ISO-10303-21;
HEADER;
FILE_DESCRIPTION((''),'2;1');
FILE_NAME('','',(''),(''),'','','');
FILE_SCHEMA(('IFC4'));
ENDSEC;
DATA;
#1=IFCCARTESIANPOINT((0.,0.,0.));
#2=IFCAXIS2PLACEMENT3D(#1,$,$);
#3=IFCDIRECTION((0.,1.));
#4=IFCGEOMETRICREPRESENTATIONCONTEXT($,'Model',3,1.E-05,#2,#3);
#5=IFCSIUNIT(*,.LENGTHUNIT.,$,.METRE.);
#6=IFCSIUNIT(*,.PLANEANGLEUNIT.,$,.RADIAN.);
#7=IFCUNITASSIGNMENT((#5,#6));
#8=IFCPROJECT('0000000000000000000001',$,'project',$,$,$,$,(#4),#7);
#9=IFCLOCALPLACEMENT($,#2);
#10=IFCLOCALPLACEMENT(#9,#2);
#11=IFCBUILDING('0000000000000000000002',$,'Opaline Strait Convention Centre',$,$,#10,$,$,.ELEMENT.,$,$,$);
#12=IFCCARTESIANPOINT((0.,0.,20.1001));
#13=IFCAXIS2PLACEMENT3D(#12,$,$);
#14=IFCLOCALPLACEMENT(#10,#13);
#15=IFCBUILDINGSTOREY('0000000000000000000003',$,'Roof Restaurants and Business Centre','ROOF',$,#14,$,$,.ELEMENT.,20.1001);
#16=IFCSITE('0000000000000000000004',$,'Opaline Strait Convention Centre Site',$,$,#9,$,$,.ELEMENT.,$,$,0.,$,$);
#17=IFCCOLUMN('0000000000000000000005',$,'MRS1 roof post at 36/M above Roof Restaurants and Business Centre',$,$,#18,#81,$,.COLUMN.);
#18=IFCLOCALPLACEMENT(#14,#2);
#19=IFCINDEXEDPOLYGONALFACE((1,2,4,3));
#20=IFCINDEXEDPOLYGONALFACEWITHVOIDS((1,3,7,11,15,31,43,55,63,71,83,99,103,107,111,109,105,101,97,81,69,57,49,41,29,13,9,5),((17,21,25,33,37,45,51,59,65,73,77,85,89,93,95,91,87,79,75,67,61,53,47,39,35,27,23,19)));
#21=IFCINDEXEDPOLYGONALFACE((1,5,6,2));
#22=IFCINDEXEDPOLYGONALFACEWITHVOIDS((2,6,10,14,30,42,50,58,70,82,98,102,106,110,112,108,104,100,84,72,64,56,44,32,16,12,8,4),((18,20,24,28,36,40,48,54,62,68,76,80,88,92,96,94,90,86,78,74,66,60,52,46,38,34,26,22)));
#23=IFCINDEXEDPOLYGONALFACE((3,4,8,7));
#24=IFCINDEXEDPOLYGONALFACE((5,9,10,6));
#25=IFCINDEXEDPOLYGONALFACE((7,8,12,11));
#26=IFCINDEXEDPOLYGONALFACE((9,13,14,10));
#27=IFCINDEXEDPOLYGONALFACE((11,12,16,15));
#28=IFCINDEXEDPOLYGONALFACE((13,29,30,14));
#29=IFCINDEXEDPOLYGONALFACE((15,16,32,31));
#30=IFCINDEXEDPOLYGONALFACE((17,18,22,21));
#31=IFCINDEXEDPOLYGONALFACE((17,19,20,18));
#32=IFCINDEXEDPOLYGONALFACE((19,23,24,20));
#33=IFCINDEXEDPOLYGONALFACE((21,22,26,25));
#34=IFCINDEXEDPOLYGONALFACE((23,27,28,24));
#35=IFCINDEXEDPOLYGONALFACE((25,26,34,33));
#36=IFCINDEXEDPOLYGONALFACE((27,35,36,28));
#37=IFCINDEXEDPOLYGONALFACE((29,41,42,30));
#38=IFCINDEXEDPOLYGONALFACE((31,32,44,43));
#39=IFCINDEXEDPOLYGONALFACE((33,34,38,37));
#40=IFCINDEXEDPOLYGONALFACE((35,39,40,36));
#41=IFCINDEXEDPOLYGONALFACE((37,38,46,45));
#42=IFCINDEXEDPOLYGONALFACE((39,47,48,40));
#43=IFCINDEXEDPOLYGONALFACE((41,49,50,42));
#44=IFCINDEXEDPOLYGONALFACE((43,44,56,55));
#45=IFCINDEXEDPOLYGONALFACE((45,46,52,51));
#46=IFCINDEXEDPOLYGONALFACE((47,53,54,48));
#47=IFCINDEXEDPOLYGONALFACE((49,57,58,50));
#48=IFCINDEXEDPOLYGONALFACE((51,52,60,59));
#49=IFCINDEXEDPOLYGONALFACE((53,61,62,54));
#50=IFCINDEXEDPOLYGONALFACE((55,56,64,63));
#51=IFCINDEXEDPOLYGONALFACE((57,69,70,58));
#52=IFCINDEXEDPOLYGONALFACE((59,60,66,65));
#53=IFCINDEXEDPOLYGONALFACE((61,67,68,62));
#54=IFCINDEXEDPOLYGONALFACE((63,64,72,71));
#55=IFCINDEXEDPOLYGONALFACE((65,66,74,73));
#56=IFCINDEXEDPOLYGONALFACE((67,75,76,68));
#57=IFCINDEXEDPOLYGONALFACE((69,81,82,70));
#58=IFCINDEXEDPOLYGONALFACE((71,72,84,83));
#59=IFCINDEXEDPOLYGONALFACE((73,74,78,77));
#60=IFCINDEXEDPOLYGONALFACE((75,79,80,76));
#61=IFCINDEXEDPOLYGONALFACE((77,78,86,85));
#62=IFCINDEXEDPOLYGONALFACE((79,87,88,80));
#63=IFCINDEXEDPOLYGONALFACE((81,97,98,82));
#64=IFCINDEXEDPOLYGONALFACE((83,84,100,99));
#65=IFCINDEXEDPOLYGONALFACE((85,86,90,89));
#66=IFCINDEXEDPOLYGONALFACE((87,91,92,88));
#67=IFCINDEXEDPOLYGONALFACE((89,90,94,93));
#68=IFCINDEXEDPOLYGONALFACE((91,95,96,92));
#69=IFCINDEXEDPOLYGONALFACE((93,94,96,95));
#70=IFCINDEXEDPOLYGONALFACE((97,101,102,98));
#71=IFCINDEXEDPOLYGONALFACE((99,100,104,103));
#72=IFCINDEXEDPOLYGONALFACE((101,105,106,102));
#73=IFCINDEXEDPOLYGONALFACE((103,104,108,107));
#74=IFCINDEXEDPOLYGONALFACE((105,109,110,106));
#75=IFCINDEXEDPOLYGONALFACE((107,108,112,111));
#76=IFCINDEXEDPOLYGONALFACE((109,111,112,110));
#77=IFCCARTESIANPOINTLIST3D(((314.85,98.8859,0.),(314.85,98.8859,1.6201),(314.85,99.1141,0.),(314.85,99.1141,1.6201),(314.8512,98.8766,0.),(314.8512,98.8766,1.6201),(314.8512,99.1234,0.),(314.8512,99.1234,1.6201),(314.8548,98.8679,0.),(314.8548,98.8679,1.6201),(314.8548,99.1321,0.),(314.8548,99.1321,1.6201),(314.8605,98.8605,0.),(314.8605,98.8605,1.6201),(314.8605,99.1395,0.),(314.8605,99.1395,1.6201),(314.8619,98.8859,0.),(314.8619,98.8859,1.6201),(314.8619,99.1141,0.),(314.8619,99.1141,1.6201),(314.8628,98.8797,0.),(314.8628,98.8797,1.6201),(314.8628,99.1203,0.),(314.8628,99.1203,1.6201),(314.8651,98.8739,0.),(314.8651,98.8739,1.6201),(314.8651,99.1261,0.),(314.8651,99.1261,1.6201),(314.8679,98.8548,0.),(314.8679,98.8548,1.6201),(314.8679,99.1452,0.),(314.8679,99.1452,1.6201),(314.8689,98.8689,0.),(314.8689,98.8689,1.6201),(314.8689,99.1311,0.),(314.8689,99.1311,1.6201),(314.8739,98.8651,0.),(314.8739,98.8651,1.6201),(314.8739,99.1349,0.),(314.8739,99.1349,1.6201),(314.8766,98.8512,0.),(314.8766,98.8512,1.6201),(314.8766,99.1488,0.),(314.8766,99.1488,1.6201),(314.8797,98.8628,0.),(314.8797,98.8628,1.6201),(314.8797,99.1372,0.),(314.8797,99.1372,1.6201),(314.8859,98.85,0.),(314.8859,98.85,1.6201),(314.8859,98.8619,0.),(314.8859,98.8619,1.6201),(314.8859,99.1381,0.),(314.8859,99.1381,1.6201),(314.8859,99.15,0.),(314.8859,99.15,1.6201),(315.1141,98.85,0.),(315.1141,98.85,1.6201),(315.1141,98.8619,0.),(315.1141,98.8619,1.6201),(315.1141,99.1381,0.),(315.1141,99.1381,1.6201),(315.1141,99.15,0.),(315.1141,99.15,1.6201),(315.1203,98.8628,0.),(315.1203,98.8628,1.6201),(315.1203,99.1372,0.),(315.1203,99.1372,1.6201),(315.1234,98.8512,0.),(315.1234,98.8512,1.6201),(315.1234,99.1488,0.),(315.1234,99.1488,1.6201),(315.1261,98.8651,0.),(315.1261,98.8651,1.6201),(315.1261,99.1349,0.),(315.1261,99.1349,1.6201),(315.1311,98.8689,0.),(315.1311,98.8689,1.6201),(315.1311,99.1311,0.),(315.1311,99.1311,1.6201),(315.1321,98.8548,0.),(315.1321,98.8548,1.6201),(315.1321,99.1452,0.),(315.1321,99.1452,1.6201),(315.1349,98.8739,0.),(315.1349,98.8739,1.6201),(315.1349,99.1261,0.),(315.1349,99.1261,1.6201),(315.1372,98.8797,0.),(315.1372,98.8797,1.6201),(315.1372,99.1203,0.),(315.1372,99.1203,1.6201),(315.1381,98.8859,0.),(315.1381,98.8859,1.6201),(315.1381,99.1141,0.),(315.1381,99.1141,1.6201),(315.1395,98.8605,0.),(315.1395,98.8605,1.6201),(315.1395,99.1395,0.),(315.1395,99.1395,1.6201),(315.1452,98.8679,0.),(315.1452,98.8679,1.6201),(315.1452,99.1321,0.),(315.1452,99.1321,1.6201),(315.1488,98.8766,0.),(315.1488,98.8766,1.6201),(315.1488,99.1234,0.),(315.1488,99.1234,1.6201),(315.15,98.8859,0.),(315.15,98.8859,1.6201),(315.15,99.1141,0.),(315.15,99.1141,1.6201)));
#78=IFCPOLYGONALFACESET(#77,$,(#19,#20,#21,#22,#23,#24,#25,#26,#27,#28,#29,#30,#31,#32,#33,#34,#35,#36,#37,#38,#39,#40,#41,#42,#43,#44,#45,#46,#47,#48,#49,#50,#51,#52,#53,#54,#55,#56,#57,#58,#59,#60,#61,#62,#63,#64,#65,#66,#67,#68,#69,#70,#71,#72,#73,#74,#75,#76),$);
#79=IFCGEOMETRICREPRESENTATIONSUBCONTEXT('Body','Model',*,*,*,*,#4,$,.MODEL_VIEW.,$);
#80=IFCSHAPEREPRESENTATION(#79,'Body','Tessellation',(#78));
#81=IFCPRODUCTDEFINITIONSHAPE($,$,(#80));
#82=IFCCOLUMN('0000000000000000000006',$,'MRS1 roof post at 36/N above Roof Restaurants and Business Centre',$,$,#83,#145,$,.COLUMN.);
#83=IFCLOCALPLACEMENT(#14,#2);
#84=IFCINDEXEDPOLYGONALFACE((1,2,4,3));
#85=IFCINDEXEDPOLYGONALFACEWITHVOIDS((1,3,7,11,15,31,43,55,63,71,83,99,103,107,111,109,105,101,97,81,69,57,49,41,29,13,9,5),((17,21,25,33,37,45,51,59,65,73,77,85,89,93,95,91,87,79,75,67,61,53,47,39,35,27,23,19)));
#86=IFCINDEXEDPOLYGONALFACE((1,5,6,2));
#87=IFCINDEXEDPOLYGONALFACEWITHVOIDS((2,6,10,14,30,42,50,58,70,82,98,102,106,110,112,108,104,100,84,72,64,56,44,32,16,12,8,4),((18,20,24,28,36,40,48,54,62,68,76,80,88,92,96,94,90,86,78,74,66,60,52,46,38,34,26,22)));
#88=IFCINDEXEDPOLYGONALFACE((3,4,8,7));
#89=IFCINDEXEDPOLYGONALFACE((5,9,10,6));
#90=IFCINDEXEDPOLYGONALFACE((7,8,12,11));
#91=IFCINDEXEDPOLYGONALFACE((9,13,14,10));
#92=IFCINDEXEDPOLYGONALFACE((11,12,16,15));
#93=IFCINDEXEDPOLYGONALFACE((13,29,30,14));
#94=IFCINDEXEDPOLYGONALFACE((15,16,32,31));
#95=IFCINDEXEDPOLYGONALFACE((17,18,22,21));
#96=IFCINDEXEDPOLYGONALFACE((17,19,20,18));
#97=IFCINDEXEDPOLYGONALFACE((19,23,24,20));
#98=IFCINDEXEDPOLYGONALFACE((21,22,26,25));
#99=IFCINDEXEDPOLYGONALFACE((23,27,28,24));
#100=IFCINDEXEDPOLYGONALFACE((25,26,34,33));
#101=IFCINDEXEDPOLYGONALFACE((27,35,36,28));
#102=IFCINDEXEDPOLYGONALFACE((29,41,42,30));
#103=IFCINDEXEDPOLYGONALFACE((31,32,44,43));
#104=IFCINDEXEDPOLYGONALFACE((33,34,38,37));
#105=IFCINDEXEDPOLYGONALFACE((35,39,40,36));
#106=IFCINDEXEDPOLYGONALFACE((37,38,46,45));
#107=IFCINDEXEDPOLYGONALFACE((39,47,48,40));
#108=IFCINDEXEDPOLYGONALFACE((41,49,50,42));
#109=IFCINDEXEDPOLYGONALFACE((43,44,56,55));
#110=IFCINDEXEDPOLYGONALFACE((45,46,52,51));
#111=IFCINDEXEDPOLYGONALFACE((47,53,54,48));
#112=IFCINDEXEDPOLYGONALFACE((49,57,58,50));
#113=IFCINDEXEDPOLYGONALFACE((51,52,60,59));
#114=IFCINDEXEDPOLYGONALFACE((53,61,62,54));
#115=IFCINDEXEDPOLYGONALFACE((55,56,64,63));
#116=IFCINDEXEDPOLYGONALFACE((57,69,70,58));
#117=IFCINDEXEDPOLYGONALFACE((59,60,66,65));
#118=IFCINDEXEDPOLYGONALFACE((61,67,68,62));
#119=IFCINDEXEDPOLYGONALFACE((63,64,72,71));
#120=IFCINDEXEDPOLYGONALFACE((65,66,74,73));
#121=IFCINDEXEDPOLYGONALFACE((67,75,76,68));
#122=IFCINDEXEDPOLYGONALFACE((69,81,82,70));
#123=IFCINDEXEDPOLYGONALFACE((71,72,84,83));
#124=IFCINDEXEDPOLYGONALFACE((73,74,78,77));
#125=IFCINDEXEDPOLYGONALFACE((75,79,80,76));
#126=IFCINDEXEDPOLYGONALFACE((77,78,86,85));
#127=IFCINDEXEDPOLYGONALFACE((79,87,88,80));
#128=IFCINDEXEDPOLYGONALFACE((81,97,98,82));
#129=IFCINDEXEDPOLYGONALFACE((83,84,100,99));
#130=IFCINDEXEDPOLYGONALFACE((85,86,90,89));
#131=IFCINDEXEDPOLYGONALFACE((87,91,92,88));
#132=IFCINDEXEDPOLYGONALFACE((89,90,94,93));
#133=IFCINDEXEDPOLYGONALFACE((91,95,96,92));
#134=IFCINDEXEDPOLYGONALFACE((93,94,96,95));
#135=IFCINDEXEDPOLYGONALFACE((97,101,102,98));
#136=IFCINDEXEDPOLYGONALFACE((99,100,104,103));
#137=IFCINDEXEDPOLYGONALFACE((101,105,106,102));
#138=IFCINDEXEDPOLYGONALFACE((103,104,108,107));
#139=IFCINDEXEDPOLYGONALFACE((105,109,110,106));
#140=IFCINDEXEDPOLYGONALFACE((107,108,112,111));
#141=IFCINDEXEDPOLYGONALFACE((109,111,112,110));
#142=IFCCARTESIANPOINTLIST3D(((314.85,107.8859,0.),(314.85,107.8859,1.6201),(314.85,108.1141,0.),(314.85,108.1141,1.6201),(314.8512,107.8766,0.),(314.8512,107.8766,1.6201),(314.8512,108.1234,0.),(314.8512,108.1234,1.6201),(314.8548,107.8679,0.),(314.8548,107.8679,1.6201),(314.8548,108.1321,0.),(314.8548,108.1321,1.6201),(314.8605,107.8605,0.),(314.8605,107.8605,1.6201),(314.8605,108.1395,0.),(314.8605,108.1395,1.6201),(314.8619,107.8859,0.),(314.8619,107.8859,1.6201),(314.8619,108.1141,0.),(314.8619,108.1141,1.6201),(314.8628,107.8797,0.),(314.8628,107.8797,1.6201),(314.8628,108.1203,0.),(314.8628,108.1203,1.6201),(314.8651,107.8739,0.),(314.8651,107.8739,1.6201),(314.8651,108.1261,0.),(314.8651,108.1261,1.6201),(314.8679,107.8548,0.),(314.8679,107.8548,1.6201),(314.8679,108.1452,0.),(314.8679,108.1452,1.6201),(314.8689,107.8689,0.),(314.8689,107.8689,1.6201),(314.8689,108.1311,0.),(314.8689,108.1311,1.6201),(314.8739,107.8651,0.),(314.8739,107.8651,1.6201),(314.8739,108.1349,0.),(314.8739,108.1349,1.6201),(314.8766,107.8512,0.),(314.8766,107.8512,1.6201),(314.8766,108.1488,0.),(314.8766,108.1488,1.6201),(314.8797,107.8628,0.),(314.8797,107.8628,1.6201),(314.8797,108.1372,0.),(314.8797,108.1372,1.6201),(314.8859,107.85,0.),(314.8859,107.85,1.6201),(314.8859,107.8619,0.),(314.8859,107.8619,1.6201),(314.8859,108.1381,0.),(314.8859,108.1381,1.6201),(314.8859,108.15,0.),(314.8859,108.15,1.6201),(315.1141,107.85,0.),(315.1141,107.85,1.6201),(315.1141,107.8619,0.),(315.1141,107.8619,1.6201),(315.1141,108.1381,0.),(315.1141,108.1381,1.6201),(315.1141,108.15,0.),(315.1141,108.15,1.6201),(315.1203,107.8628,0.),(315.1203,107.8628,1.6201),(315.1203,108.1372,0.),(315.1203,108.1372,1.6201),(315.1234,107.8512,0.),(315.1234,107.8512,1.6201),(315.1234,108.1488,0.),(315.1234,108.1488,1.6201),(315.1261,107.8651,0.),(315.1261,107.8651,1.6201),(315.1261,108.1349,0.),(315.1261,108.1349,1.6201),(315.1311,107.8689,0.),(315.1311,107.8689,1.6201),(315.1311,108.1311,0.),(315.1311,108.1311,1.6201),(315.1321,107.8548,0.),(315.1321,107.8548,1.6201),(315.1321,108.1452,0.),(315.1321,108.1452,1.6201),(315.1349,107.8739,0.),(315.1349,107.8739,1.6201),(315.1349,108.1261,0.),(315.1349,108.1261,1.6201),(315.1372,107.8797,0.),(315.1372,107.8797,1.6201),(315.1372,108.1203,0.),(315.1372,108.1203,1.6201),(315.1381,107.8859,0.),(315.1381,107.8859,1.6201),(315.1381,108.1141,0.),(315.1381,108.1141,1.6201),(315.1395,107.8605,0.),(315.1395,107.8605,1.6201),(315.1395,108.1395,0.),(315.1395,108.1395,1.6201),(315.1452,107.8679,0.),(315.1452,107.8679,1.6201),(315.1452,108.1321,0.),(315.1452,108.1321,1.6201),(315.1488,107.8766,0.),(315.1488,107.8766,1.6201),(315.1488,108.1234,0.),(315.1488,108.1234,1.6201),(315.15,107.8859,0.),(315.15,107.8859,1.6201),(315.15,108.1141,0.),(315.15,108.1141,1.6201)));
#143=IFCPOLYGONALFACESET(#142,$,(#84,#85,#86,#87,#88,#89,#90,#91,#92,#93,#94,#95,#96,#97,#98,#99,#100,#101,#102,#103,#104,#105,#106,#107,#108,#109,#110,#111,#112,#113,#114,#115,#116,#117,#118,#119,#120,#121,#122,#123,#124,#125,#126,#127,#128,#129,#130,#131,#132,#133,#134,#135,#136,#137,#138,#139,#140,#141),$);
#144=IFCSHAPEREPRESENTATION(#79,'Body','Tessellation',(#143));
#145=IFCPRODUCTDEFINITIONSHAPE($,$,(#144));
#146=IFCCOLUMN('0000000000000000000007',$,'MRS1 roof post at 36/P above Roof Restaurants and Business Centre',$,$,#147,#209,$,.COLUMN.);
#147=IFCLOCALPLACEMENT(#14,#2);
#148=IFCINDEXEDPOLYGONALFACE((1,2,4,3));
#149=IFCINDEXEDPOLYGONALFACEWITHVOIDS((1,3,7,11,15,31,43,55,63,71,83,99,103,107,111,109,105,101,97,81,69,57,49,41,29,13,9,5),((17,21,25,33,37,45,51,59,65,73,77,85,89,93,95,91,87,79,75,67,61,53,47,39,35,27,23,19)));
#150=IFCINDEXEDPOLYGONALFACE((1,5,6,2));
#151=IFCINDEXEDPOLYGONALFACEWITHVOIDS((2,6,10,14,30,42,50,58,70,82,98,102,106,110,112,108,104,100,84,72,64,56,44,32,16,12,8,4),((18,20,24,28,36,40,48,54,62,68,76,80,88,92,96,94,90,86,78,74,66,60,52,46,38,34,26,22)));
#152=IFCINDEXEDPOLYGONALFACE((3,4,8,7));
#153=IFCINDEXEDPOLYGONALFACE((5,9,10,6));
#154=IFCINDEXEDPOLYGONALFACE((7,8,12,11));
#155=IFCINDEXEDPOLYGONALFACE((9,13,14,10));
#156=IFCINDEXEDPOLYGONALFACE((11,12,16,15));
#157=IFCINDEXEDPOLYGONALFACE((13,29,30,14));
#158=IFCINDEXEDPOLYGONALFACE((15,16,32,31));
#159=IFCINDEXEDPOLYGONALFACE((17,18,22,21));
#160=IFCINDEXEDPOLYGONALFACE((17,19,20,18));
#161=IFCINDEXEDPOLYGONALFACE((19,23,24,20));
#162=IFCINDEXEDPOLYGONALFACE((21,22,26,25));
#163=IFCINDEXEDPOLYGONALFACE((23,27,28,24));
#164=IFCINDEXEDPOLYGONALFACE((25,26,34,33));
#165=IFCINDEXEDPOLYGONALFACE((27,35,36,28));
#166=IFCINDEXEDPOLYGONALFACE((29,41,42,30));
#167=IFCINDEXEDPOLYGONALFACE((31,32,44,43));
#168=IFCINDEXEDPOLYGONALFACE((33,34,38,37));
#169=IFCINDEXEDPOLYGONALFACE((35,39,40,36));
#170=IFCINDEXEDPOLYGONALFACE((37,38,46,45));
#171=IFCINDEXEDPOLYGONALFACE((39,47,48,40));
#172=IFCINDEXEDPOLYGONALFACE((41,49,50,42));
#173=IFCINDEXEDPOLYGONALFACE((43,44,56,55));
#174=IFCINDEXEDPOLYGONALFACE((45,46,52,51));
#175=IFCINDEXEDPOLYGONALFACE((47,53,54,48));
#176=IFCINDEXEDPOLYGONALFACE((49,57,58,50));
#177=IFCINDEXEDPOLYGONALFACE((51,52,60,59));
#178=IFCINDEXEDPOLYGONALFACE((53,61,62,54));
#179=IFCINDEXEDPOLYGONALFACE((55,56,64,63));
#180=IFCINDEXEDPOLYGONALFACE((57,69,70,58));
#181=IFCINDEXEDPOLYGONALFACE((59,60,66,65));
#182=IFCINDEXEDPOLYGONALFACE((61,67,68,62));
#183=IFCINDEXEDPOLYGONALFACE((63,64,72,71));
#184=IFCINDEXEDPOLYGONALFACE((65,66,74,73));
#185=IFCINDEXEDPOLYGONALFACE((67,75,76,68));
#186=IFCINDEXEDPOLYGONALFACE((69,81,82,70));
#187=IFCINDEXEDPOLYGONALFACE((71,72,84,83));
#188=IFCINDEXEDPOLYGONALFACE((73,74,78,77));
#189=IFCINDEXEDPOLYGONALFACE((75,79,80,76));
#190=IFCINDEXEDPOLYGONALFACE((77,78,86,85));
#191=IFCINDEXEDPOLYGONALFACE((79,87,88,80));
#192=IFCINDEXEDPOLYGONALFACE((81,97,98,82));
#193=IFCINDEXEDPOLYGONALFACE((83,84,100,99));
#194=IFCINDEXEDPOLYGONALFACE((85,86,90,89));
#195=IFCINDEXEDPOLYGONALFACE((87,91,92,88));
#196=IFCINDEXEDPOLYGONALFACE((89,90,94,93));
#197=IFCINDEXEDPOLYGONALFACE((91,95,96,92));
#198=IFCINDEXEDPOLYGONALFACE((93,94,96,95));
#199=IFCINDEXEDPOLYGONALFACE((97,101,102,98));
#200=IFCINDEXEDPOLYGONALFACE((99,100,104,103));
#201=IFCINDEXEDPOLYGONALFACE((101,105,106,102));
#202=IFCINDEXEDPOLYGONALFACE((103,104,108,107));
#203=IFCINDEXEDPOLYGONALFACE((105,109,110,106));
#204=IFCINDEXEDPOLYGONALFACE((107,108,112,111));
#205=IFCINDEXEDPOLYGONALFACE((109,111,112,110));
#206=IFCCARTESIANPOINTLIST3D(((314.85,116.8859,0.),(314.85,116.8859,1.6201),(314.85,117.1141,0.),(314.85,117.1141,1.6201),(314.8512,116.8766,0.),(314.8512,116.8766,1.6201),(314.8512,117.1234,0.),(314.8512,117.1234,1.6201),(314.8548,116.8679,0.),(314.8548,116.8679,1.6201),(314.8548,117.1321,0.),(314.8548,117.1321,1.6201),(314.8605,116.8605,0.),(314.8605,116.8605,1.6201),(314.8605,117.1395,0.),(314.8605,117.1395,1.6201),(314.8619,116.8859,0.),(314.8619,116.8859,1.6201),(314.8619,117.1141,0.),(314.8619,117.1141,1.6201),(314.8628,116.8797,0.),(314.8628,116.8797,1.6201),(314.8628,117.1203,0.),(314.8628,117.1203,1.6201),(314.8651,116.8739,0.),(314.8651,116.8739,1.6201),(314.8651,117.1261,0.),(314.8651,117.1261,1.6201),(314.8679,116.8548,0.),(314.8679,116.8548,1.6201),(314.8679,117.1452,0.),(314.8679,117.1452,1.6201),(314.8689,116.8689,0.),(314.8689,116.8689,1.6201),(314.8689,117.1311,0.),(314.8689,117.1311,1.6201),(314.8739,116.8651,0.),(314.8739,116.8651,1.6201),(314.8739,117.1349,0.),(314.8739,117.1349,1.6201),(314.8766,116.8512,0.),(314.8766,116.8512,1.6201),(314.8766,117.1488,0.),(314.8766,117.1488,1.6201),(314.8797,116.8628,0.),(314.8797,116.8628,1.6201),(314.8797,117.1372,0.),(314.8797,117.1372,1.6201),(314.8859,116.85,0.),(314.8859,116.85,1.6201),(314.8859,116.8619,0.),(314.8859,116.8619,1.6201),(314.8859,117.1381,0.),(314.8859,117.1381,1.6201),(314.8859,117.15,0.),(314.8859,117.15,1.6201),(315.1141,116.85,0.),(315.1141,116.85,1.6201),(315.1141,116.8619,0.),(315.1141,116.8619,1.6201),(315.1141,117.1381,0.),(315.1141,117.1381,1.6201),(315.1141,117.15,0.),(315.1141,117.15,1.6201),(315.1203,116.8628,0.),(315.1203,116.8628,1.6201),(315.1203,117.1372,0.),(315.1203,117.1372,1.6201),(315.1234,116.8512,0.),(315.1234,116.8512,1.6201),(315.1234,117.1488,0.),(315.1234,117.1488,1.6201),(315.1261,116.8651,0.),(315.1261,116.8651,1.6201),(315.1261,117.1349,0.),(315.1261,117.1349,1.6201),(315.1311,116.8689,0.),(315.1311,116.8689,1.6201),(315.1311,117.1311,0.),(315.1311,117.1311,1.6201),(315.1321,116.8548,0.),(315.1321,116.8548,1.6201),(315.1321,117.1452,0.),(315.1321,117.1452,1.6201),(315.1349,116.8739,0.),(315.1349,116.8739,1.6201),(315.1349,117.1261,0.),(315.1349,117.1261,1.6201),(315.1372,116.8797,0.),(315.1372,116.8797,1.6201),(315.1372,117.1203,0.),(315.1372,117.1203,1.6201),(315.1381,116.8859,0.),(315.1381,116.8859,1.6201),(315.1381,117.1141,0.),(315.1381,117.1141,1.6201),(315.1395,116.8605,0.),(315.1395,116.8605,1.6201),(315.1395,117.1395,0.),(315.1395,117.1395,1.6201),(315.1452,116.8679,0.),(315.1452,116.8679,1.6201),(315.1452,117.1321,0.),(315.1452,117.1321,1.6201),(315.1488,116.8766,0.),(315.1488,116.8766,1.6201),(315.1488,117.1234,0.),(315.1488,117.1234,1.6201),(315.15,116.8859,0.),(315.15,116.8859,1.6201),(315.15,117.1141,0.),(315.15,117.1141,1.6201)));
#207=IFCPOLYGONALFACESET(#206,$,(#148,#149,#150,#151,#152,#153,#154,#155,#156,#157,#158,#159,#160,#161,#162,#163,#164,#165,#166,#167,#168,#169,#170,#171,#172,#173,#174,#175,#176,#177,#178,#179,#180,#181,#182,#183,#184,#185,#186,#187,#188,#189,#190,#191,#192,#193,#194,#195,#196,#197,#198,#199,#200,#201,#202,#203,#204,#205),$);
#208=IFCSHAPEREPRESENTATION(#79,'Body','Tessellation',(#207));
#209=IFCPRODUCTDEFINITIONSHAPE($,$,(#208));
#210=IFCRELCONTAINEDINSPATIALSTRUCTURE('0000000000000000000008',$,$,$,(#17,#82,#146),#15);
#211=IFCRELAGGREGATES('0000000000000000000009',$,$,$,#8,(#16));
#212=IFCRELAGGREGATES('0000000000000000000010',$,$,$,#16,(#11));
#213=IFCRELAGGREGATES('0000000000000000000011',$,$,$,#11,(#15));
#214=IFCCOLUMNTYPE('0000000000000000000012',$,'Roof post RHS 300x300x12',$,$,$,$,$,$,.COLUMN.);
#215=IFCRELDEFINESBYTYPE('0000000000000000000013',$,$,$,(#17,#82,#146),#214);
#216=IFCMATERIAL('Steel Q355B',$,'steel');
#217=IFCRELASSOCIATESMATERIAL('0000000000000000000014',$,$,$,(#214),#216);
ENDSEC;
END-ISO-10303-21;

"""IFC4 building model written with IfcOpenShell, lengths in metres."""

from ifc_helpers import new_model, si_unit, direction, frame, origin, origin_2d, place, context, subcontext, project, spatial, hollow_rectangle, extrude, material, material_profile, profile_set, type_object, element, save


model = new_model("IFC4")

# Units and contexts
model_context = context("Model", 3, precision=1e-05, world=origin(), true_north=direction((0.0, 1.0)))
body_context = subcontext(model_context, "Body", "Model", "MODEL_VIEW")
ifc_project = project(units=[si_unit("LENGTHUNIT", "METRE"), si_unit("PLANEANGLEUNIT", "RADIAN")], contexts=[model_context])

# Site, building, storey
site_placement = place(None, origin())
site = spatial("IfcSite", under=ifc_project, at=site_placement, Name="Opaline Strait Convention Centre Site", CompositionType="ELEMENT", RefElevation=0.0)
building_placement = place(site_placement, origin())
building = spatial("IfcBuilding", under=site, at=building_placement, Name="Opaline Strait Convention Centre", CompositionType="ELEMENT")
storey_placement = place(building_placement, frame((0.0, 0.0, 20.1001)))
storey = spatial("IfcBuildingStorey", under=building, at=storey_placement, Name="Roof Restaurants and Business Centre", Description="ROOF", CompositionType="ELEMENT", Elevation=20.1001)

# Columns
ifc_material = material(Name="Steel Q355B", Category="steel")
ifc_material_profile = material_profile(ifc_material, hollow_rectangle(XDim=0.3, YDim=0.3, WallThickness=0.012, InnerFilletRadius=0.0239, OuterFilletRadius=0.0359, at=origin_2d()), Name="RHS 300x300x12")
ifc_profile_set = profile_set([ifc_material_profile], Name="Steel Q355B")
column_type = type_object("IfcColumnType", Name="Roof post RHS 300x300x12", PredefinedType="COLUMN", material=ifc_profile_set)
for number, where, z_axis, x_axis, name in (
    (1, (315.0, 99.0, 0.0), (0.0, 0.0, 1.0), (1.0, 0.0, 0.0), "MRS1 roof post at 36/M above Roof Restaurants and Business Centre"),
    (2, (315.0, 108.0, 0.0), (0.0, 0.0, 1.0), (1.0, 0.0, 0.0), "MRS1 roof post at 36/N above Roof Restaurants and Business Centre"),
    (3, (315.0, 117.0, 0.0), (0.0, 0.0, 1.0), (1.0, 0.0, 0.0), "MRS1 roof post at 36/P above Roof Restaurants and Business Centre"),
):
    element("IfcColumn", number, at=place(storey_placement, frame(where, z_axis=z_axis, x_axis=x_axis)), inside=storey, type_object=column_type, Name=name, PredefinedType="COLUMN", context=body_context, shape_type="SweptSolid", body=[
        extrude(hollow_rectangle(XDim=0.3, YDim=0.3, WallThickness=0.012, InnerFilletRadius=0.0239, OuterFilletRadius=0.0359, at=origin_2d()), origin(), (0.0, 0.0, 1.0), 1.6201),
    ])

save(model, "model.ifc")
